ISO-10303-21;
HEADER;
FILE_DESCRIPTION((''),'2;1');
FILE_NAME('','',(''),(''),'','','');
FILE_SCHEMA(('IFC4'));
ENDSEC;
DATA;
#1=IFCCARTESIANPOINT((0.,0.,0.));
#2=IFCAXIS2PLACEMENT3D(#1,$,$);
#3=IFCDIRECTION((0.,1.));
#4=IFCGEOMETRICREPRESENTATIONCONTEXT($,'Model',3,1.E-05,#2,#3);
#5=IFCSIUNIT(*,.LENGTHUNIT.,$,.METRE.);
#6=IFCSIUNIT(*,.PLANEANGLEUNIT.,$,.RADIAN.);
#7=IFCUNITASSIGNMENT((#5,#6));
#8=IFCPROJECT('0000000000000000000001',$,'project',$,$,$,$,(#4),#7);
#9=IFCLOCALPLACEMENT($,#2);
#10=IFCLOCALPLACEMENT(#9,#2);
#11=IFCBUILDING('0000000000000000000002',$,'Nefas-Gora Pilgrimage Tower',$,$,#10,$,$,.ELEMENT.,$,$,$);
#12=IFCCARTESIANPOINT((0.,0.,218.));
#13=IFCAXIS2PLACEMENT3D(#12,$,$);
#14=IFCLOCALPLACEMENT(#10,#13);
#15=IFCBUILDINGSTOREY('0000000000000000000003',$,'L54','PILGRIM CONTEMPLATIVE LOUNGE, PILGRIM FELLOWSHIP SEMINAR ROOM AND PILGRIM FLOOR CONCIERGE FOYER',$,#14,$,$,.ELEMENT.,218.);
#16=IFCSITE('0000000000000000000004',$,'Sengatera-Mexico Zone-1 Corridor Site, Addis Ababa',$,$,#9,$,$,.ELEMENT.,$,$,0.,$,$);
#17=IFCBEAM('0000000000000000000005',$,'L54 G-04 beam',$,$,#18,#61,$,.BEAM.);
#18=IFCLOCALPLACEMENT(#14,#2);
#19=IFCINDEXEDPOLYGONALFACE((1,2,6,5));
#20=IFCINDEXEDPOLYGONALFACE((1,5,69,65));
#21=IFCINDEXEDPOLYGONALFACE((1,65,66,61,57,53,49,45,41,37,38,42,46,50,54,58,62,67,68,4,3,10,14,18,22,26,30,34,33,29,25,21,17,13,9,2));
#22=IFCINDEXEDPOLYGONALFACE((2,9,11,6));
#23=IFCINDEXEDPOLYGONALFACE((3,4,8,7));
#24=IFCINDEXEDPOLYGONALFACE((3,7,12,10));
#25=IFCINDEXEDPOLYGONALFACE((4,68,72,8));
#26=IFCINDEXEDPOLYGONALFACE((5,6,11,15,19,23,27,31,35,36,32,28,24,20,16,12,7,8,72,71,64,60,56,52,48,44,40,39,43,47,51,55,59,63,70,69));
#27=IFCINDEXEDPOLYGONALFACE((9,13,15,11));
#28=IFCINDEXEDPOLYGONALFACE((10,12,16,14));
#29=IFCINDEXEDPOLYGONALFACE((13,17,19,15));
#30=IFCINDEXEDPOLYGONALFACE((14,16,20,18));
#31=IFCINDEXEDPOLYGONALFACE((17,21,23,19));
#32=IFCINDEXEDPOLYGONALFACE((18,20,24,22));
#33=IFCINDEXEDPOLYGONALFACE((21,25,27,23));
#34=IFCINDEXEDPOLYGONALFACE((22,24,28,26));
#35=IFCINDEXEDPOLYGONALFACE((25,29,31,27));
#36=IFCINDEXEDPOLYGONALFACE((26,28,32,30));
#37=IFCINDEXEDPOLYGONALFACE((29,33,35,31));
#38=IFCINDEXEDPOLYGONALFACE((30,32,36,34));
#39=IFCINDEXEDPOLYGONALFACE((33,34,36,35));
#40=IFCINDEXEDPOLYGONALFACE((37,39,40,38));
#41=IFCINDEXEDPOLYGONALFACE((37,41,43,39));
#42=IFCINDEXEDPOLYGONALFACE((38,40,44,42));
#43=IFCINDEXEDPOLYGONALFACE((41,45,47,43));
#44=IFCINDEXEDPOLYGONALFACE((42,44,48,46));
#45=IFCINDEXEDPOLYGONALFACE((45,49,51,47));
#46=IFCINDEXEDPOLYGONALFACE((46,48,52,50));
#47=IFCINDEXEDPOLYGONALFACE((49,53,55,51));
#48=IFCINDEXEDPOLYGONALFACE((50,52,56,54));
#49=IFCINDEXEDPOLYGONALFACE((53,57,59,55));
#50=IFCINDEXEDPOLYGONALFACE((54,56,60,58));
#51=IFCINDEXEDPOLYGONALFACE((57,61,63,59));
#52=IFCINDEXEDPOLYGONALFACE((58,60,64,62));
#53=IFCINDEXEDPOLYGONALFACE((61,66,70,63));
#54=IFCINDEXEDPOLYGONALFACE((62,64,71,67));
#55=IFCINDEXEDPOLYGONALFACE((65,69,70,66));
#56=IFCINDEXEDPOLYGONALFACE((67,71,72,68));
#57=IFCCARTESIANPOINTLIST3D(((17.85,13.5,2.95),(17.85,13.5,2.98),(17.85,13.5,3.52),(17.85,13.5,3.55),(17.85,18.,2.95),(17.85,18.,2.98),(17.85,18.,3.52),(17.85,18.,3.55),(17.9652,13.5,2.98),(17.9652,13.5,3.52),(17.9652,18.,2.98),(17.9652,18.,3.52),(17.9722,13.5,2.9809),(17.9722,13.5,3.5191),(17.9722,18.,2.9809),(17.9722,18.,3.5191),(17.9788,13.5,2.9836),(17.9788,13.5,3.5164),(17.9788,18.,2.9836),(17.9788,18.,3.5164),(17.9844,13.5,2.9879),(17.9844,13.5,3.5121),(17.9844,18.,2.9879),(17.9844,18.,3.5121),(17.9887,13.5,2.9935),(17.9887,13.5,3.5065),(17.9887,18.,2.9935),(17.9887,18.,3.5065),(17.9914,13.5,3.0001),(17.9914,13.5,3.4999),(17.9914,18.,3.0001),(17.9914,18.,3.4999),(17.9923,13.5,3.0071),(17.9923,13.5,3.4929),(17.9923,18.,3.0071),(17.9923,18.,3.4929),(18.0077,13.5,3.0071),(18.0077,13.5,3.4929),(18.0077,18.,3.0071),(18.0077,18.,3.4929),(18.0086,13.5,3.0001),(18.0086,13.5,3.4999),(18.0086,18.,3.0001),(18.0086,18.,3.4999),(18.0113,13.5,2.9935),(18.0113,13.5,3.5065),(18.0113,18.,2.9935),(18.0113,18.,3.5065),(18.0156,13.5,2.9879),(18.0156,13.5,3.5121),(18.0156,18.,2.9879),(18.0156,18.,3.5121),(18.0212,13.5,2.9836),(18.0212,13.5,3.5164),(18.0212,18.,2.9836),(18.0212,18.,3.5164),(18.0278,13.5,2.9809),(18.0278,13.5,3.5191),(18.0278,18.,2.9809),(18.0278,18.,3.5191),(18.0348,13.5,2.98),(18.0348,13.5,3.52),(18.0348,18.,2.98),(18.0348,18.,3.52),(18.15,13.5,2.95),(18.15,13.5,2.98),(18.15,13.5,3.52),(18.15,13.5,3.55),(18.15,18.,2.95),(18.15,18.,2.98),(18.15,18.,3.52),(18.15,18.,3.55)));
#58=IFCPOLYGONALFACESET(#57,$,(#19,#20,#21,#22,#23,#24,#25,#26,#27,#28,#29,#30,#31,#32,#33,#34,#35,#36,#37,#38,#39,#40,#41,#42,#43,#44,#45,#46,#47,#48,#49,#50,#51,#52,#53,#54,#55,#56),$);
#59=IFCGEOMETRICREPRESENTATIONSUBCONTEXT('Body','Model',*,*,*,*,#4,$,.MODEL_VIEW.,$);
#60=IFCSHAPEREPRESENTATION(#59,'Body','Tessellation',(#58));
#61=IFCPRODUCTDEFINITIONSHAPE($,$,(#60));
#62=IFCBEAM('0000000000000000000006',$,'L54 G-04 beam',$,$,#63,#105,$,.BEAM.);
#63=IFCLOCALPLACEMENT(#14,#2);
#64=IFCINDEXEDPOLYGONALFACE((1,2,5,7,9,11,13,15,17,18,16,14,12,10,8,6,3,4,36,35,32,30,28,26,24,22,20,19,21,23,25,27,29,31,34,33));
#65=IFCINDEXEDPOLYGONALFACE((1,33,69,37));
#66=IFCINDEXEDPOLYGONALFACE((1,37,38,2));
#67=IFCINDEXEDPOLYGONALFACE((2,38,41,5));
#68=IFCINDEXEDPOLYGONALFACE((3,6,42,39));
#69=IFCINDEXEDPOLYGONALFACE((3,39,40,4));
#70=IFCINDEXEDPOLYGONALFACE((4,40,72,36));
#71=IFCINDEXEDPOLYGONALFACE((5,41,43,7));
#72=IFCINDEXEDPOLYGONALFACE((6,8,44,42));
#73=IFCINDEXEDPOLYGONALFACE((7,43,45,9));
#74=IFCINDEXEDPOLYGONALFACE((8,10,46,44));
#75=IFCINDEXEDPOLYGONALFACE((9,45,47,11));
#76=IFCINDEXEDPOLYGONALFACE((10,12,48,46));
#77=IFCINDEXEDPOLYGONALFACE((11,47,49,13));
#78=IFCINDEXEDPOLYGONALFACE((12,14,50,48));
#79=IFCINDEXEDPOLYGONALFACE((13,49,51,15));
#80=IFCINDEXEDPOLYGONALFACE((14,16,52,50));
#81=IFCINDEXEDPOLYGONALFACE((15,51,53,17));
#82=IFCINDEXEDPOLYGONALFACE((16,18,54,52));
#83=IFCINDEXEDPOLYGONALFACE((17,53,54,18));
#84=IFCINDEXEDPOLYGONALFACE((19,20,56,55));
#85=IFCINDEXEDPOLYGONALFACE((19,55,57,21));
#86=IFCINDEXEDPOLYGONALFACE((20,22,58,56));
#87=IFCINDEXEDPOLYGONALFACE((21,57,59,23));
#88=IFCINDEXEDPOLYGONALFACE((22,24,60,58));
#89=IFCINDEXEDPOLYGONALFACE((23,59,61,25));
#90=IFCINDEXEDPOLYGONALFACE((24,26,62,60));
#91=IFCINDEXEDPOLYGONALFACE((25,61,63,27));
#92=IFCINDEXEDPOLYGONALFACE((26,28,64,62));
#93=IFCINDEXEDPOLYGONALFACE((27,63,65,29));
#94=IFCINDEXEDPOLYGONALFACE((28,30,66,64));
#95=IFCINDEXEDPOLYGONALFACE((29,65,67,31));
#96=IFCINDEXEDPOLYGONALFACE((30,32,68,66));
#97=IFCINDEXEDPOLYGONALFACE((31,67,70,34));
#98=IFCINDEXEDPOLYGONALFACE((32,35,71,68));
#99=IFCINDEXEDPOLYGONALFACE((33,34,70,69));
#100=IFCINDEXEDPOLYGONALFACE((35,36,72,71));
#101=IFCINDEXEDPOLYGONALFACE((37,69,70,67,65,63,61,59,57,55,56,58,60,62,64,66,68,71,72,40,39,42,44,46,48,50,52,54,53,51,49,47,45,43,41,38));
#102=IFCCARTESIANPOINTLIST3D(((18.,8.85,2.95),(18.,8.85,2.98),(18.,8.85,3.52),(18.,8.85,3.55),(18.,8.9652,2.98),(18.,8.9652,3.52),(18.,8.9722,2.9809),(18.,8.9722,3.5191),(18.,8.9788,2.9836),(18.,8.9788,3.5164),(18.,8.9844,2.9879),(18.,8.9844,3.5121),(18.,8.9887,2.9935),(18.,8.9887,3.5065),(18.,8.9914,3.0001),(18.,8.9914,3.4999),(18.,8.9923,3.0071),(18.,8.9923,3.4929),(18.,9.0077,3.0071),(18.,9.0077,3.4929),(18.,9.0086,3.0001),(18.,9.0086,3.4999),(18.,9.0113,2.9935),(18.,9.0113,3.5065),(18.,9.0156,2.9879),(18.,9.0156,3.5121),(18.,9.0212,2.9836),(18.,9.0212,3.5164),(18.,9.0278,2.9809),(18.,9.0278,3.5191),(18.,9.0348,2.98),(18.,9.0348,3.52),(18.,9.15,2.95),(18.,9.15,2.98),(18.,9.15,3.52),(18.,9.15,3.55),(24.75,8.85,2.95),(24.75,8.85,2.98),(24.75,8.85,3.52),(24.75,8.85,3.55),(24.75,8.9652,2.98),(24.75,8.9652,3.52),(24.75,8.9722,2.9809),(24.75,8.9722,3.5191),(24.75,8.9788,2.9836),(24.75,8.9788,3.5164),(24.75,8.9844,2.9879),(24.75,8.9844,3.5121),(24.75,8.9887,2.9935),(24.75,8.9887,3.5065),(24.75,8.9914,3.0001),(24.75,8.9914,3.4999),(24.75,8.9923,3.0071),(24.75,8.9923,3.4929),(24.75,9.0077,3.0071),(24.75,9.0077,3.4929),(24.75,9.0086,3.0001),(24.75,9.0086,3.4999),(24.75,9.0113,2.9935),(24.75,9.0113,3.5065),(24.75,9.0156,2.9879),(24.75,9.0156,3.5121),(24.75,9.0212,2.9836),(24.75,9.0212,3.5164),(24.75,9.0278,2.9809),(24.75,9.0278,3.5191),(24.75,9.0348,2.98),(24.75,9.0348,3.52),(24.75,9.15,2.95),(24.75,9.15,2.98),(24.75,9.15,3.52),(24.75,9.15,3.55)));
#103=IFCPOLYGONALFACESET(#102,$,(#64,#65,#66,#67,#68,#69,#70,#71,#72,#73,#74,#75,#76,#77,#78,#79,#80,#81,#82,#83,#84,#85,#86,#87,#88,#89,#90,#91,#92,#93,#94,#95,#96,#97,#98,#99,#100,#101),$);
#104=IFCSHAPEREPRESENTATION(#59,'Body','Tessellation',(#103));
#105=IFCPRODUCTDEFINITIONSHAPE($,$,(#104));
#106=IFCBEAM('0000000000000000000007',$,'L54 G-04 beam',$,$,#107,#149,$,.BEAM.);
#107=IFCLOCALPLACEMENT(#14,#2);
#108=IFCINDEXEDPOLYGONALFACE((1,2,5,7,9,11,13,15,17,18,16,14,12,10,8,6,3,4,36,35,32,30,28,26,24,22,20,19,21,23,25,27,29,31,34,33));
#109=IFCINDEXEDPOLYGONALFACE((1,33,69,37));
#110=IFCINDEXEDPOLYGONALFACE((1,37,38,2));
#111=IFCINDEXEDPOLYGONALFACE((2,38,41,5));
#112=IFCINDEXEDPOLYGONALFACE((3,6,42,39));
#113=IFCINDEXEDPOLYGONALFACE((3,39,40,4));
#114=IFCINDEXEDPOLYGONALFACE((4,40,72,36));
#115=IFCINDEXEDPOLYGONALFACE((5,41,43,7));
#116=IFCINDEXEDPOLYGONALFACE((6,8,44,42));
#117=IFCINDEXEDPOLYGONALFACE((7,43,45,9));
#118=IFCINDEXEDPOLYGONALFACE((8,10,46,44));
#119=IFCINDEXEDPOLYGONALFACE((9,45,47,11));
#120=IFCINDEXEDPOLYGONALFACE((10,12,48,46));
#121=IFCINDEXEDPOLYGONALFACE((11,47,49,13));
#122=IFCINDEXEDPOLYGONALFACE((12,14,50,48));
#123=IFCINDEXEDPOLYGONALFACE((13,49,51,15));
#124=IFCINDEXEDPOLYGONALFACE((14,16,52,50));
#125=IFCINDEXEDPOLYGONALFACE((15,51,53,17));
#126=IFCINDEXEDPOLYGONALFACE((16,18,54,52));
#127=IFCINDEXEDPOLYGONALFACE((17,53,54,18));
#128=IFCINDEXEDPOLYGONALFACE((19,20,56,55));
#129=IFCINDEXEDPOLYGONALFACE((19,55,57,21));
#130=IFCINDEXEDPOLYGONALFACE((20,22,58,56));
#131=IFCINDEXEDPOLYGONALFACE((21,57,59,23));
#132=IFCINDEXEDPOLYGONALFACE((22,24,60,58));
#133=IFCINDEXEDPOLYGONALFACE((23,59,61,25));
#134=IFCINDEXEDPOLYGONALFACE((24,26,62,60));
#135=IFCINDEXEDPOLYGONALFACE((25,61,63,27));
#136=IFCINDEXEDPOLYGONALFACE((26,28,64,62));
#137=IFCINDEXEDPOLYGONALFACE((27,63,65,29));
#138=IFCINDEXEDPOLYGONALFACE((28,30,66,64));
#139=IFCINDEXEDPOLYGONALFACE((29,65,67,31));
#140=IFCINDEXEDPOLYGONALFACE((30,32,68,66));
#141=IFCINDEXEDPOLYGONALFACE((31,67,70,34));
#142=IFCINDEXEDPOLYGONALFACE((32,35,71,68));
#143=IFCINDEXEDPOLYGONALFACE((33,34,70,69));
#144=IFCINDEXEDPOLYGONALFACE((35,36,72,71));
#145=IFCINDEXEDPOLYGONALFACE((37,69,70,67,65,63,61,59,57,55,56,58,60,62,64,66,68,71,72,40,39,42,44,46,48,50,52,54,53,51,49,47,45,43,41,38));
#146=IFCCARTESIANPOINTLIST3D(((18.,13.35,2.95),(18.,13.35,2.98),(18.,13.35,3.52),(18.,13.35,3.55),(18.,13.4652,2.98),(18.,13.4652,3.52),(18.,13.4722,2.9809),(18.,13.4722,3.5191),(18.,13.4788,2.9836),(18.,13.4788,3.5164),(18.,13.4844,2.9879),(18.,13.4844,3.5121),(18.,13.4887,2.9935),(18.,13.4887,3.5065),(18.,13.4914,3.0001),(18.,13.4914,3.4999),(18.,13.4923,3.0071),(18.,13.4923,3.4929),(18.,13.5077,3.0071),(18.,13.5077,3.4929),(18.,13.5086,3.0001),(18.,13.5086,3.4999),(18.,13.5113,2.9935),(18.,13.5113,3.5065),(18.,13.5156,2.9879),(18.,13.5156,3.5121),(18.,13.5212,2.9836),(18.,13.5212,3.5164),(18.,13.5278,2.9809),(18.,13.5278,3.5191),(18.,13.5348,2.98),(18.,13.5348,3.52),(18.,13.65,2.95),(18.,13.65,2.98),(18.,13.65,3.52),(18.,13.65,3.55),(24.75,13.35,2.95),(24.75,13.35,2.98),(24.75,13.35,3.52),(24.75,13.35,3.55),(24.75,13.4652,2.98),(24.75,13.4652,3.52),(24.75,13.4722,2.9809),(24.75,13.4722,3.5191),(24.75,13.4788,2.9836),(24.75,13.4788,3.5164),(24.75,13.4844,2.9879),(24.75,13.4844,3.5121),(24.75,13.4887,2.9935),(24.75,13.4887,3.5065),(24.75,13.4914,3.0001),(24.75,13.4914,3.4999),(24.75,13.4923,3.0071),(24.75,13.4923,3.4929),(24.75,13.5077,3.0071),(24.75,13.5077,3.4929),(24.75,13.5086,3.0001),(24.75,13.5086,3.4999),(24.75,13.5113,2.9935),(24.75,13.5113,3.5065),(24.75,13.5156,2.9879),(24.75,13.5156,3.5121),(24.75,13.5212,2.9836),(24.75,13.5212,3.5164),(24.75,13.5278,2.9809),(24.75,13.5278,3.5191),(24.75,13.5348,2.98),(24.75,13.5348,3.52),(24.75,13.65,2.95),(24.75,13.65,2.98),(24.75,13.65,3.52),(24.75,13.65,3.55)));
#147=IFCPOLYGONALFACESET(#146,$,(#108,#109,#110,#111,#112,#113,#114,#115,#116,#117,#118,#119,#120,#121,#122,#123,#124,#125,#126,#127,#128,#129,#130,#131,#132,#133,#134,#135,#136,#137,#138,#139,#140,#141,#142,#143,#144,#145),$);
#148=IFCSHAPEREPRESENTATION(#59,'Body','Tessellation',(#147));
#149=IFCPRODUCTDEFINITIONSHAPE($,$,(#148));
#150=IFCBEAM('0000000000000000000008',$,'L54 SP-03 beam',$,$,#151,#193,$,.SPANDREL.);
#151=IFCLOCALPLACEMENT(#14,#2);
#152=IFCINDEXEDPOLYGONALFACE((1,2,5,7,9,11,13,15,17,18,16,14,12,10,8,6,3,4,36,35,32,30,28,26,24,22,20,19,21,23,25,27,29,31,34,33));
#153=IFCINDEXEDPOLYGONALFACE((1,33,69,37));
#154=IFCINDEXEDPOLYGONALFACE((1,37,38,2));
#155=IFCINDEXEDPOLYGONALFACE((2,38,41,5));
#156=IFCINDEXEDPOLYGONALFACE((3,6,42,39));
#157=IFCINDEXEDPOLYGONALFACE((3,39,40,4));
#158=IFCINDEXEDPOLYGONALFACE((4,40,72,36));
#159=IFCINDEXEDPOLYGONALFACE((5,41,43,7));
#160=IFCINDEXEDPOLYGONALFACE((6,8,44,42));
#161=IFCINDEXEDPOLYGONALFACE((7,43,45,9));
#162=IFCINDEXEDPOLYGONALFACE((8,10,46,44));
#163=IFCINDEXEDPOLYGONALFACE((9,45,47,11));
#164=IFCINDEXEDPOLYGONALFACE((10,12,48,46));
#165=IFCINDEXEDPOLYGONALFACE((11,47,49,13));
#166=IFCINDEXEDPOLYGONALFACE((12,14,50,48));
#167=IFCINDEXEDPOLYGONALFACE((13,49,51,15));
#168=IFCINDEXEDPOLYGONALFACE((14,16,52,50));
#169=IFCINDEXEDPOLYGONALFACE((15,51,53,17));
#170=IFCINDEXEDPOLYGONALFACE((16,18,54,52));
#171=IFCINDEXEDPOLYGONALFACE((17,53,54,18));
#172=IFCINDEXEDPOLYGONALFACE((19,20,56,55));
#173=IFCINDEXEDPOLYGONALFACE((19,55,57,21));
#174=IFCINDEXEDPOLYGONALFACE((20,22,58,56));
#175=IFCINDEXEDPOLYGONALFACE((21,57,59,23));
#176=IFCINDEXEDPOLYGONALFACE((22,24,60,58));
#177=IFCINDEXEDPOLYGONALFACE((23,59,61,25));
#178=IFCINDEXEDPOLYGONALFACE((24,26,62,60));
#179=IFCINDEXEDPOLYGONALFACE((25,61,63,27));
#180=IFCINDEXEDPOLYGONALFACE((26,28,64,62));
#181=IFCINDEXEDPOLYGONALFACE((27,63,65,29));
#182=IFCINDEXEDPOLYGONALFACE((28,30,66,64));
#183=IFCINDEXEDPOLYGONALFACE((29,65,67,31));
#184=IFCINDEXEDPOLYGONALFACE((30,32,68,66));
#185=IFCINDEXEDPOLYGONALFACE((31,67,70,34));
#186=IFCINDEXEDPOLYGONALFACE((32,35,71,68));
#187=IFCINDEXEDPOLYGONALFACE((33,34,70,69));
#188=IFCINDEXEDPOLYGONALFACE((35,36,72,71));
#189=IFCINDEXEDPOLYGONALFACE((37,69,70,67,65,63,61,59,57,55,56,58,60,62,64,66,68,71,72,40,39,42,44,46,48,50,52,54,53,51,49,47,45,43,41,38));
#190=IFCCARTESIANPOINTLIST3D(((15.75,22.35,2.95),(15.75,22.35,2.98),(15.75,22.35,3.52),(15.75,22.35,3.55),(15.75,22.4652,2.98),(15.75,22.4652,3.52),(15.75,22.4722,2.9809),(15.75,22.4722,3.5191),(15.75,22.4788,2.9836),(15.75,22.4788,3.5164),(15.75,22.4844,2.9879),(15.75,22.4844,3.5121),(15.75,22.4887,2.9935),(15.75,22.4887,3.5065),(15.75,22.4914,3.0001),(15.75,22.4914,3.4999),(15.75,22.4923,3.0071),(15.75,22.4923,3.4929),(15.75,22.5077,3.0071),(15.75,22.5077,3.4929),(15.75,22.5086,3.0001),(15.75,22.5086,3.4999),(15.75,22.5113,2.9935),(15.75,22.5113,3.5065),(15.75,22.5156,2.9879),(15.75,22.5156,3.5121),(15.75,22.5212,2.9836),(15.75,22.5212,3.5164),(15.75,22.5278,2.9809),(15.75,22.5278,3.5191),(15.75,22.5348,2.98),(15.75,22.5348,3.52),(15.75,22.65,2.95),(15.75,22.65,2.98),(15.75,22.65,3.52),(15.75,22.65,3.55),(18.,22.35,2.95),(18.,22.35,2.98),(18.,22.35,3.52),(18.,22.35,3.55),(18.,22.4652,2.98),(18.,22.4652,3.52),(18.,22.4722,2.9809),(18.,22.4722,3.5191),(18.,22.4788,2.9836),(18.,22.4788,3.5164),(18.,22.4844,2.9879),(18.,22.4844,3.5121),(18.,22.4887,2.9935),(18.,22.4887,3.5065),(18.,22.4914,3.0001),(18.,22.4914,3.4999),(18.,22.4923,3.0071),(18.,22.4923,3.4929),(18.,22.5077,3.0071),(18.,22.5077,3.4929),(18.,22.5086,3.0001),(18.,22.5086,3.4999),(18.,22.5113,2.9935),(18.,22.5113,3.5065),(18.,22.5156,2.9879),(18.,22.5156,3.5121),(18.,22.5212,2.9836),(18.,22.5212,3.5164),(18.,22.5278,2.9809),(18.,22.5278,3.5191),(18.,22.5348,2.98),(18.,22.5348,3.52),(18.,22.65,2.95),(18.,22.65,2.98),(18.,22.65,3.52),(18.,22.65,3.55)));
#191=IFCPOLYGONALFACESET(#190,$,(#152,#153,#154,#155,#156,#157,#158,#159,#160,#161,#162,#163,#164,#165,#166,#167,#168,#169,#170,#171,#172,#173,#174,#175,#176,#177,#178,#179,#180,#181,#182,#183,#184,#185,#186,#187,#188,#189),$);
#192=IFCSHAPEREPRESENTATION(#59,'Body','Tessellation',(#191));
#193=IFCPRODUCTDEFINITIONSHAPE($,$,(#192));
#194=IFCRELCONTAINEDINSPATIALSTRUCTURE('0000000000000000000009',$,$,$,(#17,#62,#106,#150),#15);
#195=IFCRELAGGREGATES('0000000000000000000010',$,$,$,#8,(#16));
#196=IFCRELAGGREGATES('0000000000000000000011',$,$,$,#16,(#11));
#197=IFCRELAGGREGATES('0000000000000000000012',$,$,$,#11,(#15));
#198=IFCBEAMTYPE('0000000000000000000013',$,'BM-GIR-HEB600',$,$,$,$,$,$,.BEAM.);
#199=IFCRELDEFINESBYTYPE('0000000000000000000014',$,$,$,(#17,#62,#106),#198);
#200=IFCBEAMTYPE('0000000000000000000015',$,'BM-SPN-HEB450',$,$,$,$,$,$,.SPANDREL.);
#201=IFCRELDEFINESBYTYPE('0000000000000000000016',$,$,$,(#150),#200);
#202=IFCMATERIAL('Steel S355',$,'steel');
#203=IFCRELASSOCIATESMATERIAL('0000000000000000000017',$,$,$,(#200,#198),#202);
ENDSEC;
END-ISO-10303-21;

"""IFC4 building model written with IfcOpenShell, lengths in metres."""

from ifc_helpers import new_model, si_unit, direction, frame, origin, origin_2d, place, context, subcontext, project, spatial, i_section, extrude, source, transform, mapped, material, material_profile, profile_set, type_object, element, save


model = new_model("IFC4")

# Units and contexts
model_context = context("Model", 3, precision=1e-05, world=origin(), true_north=direction((0.0, 1.0)))
body_context = subcontext(model_context, "Body", "Model", "MODEL_VIEW")
ifc_project = project(units=[si_unit("LENGTHUNIT", "METRE"), si_unit("PLANEANGLEUNIT", "RADIAN")], contexts=[model_context])

# Site, building, storey
site_placement = place(None, origin())
site = spatial("IfcSite", under=ifc_project, at=site_placement, Name="Sengatera-Mexico Zone-1 Corridor Site, Addis Ababa", CompositionType="ELEMENT", RefElevation=0.0)
building_placement = place(site_placement, origin())
building = spatial("IfcBuilding", under=site, at=building_placement, Name="Nefas-Gora Pilgrimage Tower", CompositionType="ELEMENT")
storey_placement = place(building_placement, frame((0.0, 0.0, 218.0)))
storey = spatial("IfcBuildingStorey", under=building, at=storey_placement, Name="L54", Description="PILGRIM CONTEMPLATIVE LOUNGE, PILGRIM FELLOWSHIP SEMINAR ROOM AND PILGRIM FLOOR CONCIERGE FOYER", CompositionType="ELEMENT", Elevation=218.0)

# Beams
ifc_material_1 = material(Name="Steel S355", Category="steel")
ifc_material_profile_1 = material_profile(ifc_material_1, i_section(OverallWidth=0.3, OverallDepth=0.6001, WebThickness=0.0154, FlangeThickness=0.03, FilletRadius=0.0271, at=origin_2d()), Name="HEB 600")
ifc_profile_set_1 = profile_set([ifc_material_profile_1], Name="Steel S355")
beam_type_1 = type_object("IfcBeamType", Name="BM-SPN-HEB450", PredefinedType="SPANDREL", material=ifc_profile_set_1)
ifc_material_profile_2 = material_profile(ifc_material_1, i_section(OverallWidth=0.3, OverallDepth=0.6001, WebThickness=0.0154, FlangeThickness=0.03, FilletRadius=0.0271, at=origin_2d()), Name="HEB 600")
ifc_profile_set_2 = profile_set([ifc_material_profile_2], Name="Steel S355")
beam_type_2 = type_object("IfcBeamType", Name="BM-GIR-HEB600", PredefinedType="BEAM", material=ifc_profile_set_2)
shared_shape_1 = source(origin(), body_context, "Body", "SweptSolid", [
    extrude(i_section(OverallWidth=0.3, OverallDepth=0.6001, WebThickness=0.0154, FlangeThickness=0.03, FilletRadius=0.0271, at=origin_2d()), origin(), (0.0, 0.0, 1.0), 4.5),
])
beam_1_placement = place(storey_placement, frame((18.0, 13.5, 3.25), z_axis=(0.0, 1.0, 0.0), x_axis=(-1.0, 0.0, 0.0)))
element("IfcBeam", 1, at=beam_1_placement, inside=storey, type_object=beam_type_2, Name="L54 G-04 beam", PredefinedType="BEAM", context=body_context, shape_type="MappedRepresentation", body=[
    mapped(shared_shape_1, transform((0.0, 0.0, 0.0), x_axis=(1.0, 0.0, 0.0), y_axis=(0.0, 1.0, 0.0), z_axis=(0.0, 0.0, 1.0), scale=1.0)),
])
shared_shape_2 = source(origin(), body_context, "Body", "SweptSolid", [
    extrude(i_section(OverallWidth=0.3, OverallDepth=0.6001, WebThickness=0.0154, FlangeThickness=0.03, FilletRadius=0.0271, at=origin_2d()), origin(), (0.0, 0.0, 1.0), 6.75),
])
for number, where, z_axis, x_axis, name in (
    (2, (18.0, 9.0, 3.25), (1.0, 0.0, 0.0), (0.0, 1.0, 0.0), "L54 G-04 beam"),
    (3, (18.0, 13.5, 3.25), (1.0, 0.0, 0.0), (0.0, 1.0, 0.0), "L54 G-04 beam"),
):
    element("IfcBeam", number, at=place(storey_placement, frame(where, z_axis=z_axis, x_axis=x_axis)), inside=storey, type_object=beam_type_2, Name=name, PredefinedType="BEAM", context=body_context, shape_type="MappedRepresentation", body=[
        mapped(shared_shape_2, transform((0.0, 0.0, 0.0), x_axis=(1.0, 0.0, 0.0), y_axis=(0.0, 1.0, 0.0), z_axis=(0.0, 0.0, 1.0), scale=1.0)),
    ])
shared_shape_3 = source(origin(), body_context, "Body", "SweptSolid", [
    extrude(i_section(OverallWidth=0.3, OverallDepth=0.6001, WebThickness=0.0154, FlangeThickness=0.03, FilletRadius=0.0271, at=origin_2d()), origin(), (0.0, 0.0, 1.0), 2.25),
])
beam_2_placement = place(storey_placement, frame((15.75, 22.5, 3.25), z_axis=(1.0, 0.0, 0.0), x_axis=(0.0, 1.0, 0.0)))
element("IfcBeam", 4, at=beam_2_placement, inside=storey, type_object=beam_type_1, Name="L54 SP-03 beam", PredefinedType="SPANDREL", context=body_context, shape_type="MappedRepresentation", body=[
    mapped(shared_shape_3, transform((0.0, 0.0, 0.0), x_axis=(1.0, 0.0, 0.0), y_axis=(0.0, 1.0, 0.0), z_axis=(0.0, 0.0, 1.0), scale=1.0)),
])

save(model, "model.ifc")
